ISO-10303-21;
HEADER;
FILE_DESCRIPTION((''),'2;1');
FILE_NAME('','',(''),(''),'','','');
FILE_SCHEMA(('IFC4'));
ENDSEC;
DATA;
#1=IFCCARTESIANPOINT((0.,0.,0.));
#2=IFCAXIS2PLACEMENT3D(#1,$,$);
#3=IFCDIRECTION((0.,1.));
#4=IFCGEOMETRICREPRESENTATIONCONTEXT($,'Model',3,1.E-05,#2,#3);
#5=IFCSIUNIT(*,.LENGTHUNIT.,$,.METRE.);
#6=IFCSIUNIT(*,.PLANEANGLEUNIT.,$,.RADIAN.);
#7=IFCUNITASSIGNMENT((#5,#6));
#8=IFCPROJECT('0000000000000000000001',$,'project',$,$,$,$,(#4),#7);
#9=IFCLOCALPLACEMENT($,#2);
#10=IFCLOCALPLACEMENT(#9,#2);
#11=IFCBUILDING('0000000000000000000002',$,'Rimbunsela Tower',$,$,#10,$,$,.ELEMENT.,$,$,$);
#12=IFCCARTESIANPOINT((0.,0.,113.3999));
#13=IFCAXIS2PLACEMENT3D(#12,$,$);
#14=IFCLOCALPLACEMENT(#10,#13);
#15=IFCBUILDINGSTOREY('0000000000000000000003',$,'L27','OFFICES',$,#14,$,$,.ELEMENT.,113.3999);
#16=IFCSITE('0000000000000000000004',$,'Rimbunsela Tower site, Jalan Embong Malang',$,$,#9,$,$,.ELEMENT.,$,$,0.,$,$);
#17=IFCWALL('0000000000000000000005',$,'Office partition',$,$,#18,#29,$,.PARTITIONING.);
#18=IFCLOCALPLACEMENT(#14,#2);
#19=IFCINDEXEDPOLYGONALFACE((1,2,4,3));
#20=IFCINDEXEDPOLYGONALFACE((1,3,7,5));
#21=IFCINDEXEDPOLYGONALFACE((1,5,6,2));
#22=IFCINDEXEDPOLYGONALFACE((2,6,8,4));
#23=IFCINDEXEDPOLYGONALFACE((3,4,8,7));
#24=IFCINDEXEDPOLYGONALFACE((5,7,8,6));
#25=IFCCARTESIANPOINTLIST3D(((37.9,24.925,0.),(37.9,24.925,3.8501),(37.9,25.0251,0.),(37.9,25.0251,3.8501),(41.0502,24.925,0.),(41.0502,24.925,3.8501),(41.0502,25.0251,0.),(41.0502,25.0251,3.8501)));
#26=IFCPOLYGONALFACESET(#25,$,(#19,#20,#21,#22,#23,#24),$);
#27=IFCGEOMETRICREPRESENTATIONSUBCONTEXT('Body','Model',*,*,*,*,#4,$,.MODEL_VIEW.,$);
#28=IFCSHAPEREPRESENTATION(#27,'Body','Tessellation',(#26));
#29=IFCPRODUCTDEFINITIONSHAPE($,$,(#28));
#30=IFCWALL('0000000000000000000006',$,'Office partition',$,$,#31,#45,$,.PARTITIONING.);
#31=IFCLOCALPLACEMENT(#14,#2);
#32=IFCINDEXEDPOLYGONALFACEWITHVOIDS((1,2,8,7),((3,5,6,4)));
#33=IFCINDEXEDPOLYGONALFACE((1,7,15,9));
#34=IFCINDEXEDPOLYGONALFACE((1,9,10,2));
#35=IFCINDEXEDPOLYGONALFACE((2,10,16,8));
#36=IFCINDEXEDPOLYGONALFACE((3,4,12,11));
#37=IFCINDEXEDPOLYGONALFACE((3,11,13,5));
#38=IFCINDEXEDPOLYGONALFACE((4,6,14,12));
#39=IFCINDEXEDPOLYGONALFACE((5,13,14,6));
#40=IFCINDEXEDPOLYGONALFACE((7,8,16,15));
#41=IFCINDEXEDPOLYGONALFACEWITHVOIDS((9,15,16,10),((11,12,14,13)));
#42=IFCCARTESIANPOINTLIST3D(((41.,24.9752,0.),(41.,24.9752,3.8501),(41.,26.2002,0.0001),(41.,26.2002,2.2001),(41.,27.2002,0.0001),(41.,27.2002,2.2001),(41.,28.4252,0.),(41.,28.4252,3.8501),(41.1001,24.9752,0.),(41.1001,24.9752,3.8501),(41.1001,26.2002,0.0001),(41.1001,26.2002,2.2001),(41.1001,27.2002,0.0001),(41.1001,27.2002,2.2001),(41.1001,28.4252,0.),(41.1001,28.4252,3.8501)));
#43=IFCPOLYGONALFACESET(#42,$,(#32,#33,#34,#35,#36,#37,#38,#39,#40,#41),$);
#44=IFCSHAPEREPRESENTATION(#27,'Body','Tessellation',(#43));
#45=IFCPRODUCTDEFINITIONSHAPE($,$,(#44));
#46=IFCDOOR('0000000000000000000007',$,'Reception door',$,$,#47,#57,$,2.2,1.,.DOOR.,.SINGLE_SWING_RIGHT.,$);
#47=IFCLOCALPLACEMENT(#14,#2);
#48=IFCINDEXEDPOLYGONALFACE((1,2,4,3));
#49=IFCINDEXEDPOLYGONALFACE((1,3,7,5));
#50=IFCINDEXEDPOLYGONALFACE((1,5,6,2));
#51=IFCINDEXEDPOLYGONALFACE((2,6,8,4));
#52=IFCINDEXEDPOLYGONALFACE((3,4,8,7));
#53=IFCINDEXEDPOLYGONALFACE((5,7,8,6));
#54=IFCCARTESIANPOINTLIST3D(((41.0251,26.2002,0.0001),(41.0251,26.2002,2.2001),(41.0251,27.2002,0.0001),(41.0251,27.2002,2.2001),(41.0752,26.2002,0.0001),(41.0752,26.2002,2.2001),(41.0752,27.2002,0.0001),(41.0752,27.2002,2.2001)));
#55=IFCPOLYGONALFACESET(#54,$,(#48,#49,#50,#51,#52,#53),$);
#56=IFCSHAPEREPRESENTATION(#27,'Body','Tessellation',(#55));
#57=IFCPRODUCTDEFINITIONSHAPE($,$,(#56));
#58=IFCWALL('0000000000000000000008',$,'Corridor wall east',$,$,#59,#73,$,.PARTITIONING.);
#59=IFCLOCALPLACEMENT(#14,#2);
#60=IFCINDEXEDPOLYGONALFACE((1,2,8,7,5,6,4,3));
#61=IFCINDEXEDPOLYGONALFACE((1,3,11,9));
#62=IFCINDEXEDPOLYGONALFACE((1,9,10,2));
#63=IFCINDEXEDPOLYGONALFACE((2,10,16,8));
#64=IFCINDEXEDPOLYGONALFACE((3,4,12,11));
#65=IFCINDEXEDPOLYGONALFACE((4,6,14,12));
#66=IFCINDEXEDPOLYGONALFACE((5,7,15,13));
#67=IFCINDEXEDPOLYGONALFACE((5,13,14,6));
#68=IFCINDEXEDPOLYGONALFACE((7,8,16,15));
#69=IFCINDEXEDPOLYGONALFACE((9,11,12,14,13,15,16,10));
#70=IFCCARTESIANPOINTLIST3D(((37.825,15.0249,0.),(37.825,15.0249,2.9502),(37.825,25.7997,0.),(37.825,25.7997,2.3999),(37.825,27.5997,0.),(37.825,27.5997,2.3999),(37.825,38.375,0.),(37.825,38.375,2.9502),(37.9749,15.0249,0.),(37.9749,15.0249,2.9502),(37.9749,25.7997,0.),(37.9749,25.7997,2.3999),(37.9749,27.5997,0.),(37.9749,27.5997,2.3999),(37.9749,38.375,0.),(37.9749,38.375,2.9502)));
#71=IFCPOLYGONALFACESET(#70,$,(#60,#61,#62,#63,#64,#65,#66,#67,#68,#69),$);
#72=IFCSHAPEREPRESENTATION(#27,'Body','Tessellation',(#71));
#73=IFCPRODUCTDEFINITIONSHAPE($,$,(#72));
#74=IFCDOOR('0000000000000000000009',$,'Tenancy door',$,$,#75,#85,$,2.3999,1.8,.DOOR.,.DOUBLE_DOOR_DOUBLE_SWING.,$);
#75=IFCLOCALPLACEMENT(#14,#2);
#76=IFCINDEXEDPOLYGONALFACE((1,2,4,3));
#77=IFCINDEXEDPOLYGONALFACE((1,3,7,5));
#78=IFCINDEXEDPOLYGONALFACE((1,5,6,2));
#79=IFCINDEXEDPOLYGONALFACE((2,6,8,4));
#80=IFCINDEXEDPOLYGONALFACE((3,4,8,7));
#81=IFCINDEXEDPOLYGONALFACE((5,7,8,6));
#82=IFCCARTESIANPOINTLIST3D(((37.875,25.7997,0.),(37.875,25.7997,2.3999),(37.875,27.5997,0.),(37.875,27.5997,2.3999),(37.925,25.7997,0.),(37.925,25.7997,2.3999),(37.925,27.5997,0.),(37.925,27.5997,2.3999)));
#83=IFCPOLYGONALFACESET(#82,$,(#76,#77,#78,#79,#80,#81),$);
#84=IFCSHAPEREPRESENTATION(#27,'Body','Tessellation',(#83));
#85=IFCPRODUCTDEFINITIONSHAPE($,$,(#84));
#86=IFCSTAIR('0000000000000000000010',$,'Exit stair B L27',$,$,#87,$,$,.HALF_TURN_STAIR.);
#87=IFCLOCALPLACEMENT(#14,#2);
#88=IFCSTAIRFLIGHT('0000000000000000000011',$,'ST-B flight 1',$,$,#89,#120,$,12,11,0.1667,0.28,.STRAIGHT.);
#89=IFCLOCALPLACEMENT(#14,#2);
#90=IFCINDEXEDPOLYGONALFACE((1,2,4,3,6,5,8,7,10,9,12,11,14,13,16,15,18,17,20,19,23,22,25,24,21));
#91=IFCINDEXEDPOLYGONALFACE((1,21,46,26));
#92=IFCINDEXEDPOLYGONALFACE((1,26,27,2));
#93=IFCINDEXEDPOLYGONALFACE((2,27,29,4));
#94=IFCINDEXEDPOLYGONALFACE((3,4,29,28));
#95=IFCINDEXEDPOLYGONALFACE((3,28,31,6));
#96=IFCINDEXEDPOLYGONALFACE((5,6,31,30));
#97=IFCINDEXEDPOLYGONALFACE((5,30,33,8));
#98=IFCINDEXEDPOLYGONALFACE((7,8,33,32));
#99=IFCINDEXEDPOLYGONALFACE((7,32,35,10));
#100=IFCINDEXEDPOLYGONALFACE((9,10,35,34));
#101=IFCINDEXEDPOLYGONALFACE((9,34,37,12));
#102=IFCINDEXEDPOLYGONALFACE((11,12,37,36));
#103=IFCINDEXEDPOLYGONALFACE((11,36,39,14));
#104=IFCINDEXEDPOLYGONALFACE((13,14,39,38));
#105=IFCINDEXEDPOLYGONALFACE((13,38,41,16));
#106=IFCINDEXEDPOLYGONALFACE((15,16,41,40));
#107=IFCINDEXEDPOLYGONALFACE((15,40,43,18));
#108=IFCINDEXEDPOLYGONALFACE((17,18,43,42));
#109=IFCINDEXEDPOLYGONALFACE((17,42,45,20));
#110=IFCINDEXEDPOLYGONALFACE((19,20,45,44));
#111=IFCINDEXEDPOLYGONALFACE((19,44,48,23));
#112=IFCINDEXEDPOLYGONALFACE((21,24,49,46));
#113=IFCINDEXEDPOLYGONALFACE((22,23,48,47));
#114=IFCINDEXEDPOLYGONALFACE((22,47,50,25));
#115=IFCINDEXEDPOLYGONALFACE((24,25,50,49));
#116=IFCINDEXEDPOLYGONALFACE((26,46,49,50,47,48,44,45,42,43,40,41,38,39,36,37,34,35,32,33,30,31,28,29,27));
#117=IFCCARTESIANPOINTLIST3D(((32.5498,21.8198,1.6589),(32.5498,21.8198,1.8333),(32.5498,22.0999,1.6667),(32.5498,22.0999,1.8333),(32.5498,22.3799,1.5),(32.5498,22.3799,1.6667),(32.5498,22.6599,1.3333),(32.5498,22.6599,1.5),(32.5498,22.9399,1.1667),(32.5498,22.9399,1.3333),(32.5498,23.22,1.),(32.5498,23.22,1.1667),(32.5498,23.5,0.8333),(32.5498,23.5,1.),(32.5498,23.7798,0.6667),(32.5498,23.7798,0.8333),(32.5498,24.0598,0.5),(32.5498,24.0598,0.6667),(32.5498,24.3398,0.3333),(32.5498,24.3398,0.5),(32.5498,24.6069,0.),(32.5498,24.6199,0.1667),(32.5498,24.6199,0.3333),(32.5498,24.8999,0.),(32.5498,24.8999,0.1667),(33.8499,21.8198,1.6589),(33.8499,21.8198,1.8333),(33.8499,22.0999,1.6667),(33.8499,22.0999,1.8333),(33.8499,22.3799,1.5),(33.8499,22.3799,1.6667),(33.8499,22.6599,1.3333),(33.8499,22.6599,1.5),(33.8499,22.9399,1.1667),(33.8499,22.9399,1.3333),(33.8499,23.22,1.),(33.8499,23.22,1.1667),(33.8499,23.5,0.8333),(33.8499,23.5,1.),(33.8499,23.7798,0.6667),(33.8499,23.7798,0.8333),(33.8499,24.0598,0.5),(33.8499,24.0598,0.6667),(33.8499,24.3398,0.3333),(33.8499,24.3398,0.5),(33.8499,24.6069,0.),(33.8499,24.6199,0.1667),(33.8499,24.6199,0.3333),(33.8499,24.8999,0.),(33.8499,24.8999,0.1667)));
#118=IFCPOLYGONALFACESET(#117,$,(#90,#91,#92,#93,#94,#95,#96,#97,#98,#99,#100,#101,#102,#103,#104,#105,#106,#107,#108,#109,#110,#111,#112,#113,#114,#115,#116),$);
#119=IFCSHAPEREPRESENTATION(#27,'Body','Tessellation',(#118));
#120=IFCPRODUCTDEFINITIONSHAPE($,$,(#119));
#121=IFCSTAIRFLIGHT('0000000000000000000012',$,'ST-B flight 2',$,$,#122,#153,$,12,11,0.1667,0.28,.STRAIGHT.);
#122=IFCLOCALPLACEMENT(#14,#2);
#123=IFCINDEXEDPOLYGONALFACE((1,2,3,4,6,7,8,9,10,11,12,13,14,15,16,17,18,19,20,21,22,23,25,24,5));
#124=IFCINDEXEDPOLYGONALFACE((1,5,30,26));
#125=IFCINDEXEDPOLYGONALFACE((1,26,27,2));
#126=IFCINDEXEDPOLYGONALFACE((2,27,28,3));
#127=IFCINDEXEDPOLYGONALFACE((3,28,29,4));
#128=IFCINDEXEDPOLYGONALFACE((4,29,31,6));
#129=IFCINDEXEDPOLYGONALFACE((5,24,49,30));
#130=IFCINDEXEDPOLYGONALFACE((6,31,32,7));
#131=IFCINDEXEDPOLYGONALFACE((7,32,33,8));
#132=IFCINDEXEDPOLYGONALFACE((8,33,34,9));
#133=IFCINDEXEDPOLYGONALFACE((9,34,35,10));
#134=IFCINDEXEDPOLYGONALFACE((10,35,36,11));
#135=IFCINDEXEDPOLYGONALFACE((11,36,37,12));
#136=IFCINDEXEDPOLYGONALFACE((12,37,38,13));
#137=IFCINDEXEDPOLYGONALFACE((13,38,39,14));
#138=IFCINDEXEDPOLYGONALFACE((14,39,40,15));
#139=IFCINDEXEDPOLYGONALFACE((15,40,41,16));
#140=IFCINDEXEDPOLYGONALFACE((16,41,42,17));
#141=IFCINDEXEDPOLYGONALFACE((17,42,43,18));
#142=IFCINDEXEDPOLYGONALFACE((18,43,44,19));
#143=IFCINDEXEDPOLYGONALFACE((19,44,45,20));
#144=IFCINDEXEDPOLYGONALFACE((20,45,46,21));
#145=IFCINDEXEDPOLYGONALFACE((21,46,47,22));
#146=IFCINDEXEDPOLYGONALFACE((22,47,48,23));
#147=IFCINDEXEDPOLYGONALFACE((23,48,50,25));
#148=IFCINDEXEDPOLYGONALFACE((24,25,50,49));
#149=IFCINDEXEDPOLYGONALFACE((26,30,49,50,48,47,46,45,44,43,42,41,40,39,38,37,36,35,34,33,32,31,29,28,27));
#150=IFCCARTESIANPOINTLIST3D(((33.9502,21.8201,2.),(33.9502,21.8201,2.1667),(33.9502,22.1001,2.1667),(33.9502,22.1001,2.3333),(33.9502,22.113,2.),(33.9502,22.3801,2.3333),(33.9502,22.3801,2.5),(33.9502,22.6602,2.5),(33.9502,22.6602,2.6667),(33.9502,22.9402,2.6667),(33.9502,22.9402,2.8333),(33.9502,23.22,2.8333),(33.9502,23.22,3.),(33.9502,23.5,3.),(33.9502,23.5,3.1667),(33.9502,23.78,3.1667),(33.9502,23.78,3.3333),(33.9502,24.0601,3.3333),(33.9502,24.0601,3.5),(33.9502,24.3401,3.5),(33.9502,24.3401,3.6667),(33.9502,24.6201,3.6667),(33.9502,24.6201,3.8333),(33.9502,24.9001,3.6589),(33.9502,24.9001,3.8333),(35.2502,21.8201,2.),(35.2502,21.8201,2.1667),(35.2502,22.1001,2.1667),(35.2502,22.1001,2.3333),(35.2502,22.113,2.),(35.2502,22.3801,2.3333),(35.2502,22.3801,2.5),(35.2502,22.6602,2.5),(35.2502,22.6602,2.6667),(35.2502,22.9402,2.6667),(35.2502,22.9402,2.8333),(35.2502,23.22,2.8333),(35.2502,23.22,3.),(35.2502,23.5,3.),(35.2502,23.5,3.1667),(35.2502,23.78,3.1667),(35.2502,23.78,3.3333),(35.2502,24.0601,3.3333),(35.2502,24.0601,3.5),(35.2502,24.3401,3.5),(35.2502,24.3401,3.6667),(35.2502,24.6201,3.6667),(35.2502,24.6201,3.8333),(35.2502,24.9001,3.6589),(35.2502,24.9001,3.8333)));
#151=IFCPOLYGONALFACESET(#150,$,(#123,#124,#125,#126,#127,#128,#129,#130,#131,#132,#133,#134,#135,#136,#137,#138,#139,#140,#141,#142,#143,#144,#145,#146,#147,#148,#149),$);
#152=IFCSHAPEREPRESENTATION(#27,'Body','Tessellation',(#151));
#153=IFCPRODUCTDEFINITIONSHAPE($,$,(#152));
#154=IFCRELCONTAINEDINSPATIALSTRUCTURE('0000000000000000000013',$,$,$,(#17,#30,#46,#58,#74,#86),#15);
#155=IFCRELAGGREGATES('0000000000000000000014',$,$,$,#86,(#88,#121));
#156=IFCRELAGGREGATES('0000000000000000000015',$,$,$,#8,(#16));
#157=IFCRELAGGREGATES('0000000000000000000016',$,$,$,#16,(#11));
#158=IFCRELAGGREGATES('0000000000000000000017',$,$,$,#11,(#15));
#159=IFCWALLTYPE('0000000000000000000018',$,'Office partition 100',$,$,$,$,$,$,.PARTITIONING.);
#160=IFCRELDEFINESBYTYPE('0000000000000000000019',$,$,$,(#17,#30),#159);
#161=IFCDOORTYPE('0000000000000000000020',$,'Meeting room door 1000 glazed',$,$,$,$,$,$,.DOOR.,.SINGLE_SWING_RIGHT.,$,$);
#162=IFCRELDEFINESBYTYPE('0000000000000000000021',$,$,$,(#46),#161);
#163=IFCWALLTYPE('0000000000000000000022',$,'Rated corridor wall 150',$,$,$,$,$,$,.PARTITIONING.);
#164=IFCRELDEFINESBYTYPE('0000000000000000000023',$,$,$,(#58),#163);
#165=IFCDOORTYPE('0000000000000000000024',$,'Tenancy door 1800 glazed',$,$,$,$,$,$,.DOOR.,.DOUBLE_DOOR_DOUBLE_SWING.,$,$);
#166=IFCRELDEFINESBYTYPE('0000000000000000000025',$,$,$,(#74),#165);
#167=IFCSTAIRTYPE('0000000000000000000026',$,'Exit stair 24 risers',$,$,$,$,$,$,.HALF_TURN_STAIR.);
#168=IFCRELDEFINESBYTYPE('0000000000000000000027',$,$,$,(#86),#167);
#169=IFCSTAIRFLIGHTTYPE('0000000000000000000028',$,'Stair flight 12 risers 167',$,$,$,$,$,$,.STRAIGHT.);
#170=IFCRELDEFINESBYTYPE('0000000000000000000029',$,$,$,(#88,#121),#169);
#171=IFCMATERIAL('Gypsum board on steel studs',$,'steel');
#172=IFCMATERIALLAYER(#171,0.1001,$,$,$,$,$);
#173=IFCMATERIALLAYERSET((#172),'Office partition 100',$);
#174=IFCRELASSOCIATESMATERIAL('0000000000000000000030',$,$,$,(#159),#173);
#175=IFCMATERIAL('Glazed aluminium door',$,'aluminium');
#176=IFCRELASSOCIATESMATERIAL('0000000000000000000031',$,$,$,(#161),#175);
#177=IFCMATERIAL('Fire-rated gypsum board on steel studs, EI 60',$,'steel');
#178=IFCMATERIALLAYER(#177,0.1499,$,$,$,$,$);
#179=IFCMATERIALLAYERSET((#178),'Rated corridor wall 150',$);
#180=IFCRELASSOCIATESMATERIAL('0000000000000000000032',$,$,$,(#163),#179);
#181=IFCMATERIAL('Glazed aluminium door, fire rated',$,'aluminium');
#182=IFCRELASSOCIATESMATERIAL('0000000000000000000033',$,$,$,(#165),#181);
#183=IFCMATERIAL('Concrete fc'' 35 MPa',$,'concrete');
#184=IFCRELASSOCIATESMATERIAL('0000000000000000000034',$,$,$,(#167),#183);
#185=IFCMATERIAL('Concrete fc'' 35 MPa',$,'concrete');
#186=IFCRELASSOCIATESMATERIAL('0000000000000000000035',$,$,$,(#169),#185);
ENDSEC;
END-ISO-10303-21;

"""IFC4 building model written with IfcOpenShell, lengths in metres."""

from ifc_helpers import new_model, si_unit, direction, frame, frame_2d, origin, place, context, subcontext, project, spatial, polyline, rectangle, outline, extrude, material, layer, layer_set, type_object, element, fill, aggregate, save


model = new_model("IFC4")

# Units and contexts
model_context = context("Model", 3, precision=1e-05, world=origin(), true_north=direction((0.0, 1.0)))
body_context = subcontext(model_context, "Body", "Model", "MODEL_VIEW")
ifc_project = project(units=[si_unit("LENGTHUNIT", "METRE"), si_unit("PLANEANGLEUNIT", "RADIAN")], contexts=[model_context])

# Site, building, storey
site_placement = place(None, origin())
site = spatial("IfcSite", under=ifc_project, at=site_placement, Name="Rimbunsela Tower site, Jalan Embong Malang", CompositionType="ELEMENT", RefElevation=0.0)
building_placement = place(site_placement, origin())
building = spatial("IfcBuilding", under=site, at=building_placement, Name="Rimbunsela Tower", CompositionType="ELEMENT")
storey_placement = place(building_placement, frame((0.0, 0.0, 113.3999)))
storey = spatial("IfcBuildingStorey", under=building, at=storey_placement, Name="L27", Description="OFFICES", CompositionType="ELEMENT", Elevation=113.3999)

# Shared definitions
ifc_material_1 = material(Name="Gypsum board on steel studs", Category="steel")
ifc_layer_1 = layer(ifc_material_1, 0.1001)
ifc_layer_set_1 = layer_set([ifc_layer_1], Name="Office partition 100")
wall_type_1 = type_object("IfcWallType", Name="Office partition 100", PredefinedType="PARTITIONING", material=ifc_layer_set_1)

# Wall
wall_1_placement = place(storey_placement, frame((37.8999, 24.9751, 0.0), z_axis=(0.0, 0.0, 1.0), x_axis=(1.0, 0.0, 0.0)))
element("IfcWall", 1, at=wall_1_placement, inside=storey, type_object=wall_type_1, Name="Office partition", PredefinedType="PARTITIONING", context=body_context, shape_type="SweptSolid", body=[
    extrude(rectangle(XDim=3.1501, YDim=0.1001, at=frame_2d((1.5752, 0.0))), origin(), (0.0, 0.0, 1.0), 3.8501),
])

# Walls, openings, doors
wall_2_placement = place(storey_placement, frame((41.05, 24.9751, 0.0), z_axis=(0.0, 0.0, 1.0), x_axis=(0.0, 1.0, 0.0)))
wall_2 = element("IfcWall", 2, at=wall_2_placement, inside=storey, type_object=wall_type_1, Name="Office partition", PredefinedType="PARTITIONING", context=body_context, shape_type="SweptSolid", body=[
    extrude(rectangle(XDim=3.45, YDim=0.1001, at=frame_2d((1.7251, 0.0))), origin(), (0.0, 0.0, 1.0), 3.8501),
])
opening_1_placement = place(wall_2_placement, frame((1.2251, 0.0, 0.0)))
opening_1 = element("IfcOpeningElement", 3, at=opening_1_placement, cuts=wall_2, PredefinedType="OPENING", context=body_context, shape_type="SweptSolid", body=[
    extrude(rectangle(XDim=1.0, YDim=2.2, at=frame_2d((0.5, 1.1001))), frame((0.0, 0.0601, 0.0), z_axis=(0.0, -1.0, 0.0), x_axis=(1.0, 0.0, 0.0)), (0.0, 0.0, 1.0), 0.1201),
])
ifc_material_2 = material(Name="Glazed aluminium door", Category="aluminium")
door_type_1 = type_object("IfcDoorType", Name="Meeting room door 1000 glazed", OperationType="SINGLE_SWING_RIGHT", PredefinedType="DOOR", material=ifc_material_2)
door_1_placement = place(opening_1_placement, origin())
door_1 = element("IfcDoor", 4, at=door_1_placement, inside=storey, type_object=door_type_1, Name="Reception door", OperationType="SINGLE_SWING_RIGHT", OverallHeight=2.2, OverallWidth=1.0, PredefinedType="DOOR", context=body_context, shape_type="SweptSolid", body=[
    extrude(rectangle(XDim=1.0, YDim=2.2, at=frame_2d((0.5, 1.1001))), frame((0.0, 0.0249, 0.0), z_axis=(0.0, -1.0, 0.0), x_axis=(1.0, 0.0, 0.0)), (0.0, 0.0, 1.0), 0.05),
])
fill(opening_1, door_1)
ifc_material_3 = material(Name="Fire-rated gypsum board on steel studs, EI 60", Category="steel")
ifc_layer_2 = layer(ifc_material_3, 0.1499)
ifc_layer_set_2 = layer_set([ifc_layer_2], Name="Rated corridor wall 150")
wall_type_2 = type_object("IfcWallType", Name="Rated corridor wall 150", PredefinedType="PARTITIONING", material=ifc_layer_set_2)
wall_3_placement = place(storey_placement, frame((37.8999, 15.0249, 0.0), z_axis=(0.0, 0.0, 1.0), x_axis=(0.0, 1.0, 0.0)))
wall_3 = element("IfcWall", 5, at=wall_3_placement, inside=storey, type_object=wall_type_2, Name="Corridor wall east", PredefinedType="PARTITIONING", context=body_context, shape_type="SweptSolid", body=[
    extrude(rectangle(XDim=23.3501, YDim=0.1499, at=frame_2d((11.675, 0.0))), origin(), (0.0, 0.0, 1.0), 2.9502),
])
opening_2_placement = place(wall_3_placement, frame((10.7749, 0.0, 0.0)))
opening_2 = element("IfcOpeningElement", 6, at=opening_2_placement, cuts=wall_3, PredefinedType="OPENING", context=body_context, shape_type="SweptSolid", body=[
    extrude(rectangle(XDim=1.8, YDim=2.3999, at=frame_2d((0.8999, 1.2))), frame((0.0, 0.085, 0.0), z_axis=(0.0, -1.0, 0.0), x_axis=(1.0, 0.0, 0.0)), (0.0, 0.0, 1.0), 0.1699),
])
ifc_material_4 = material(Name="Glazed aluminium door, fire rated", Category="aluminium")
door_type_2 = type_object("IfcDoorType", Name="Tenancy door 1800 glazed", OperationType="DOUBLE_DOOR_DOUBLE_SWING", PredefinedType="DOOR", material=ifc_material_4)
door_2_placement = place(opening_2_placement, origin())
door_2 = element("IfcDoor", 7, at=door_2_placement, inside=storey, type_object=door_type_2, Name="Tenancy door", OperationType="DOUBLE_DOOR_DOUBLE_SWING", OverallHeight=2.3999, OverallWidth=1.8, PredefinedType="DOOR", context=body_context, shape_type="SweptSolid", body=[
    extrude(rectangle(XDim=1.8, YDim=2.3999, at=frame_2d((0.8999, 1.2))), frame((0.0, 0.0249, 0.0), z_axis=(0.0, -1.0, 0.0), x_axis=(1.0, 0.0, 0.0)), (0.0, 0.0, 1.0), 0.05),
])
fill(opening_2, door_2)

# Stair, stair flights
ifc_material_5 = material(Name="Concrete fc' 35 MPa", Category="concrete")
stair_type = type_object("IfcStairType", Name="Exit stair 24 risers", PredefinedType="HALF_TURN_STAIR", material=ifc_material_5)
stair_placement = place(storey_placement, origin())
stair = element("IfcStair", 8, at=stair_placement, inside=storey, type_object=stair_type, Name="Exit stair B L27", PredefinedType="HALF_TURN_STAIR")
ifc_material_6 = material(Name="Concrete fc' 35 MPa", Category="concrete")
stair_flight_type = type_object("IfcStairFlightType", Name="Stair flight 12 risers 167", PredefinedType="STRAIGHT", material=ifc_material_6)
stair_flight_1_placement = place(storey_placement, frame((33.2, 24.8999, 0.0), z_axis=(0.0, 0.0, 1.0), x_axis=(0.0, -1.0, 0.0)))
stair_flight_1 = element("IfcStairFlight", 9, at=stair_flight_1_placement, type_object=stair_flight_type, Name="ST-B flight 1", NumberOfRisers=12, NumberOfTreads=11, PredefinedType="STRAIGHT", RiserHeight=0.1667, TreadLength=0.28, context=body_context, shape_type="SweptSolid", body=[
    extrude(outline(polyline([(0.0, 0.0), (0.0, 0.1667), (0.28, 0.1667), (0.28, 0.3333), (0.5601, 0.3333), (0.5601, 0.5), (0.8401, 0.5), (0.8401, 0.6667), (1.1201, 0.6667), (1.1201, 0.8333), (1.3999, 0.8333), (1.3999, 1.0), (1.6799, 1.0), (1.6799, 1.1667), (1.96, 1.1667), (1.96, 1.3333), (2.24, 1.3333), (2.24, 1.5), (2.52, 1.5), (2.52, 1.6667), (2.8, 1.6667), (2.8, 1.8333), (3.0801, 1.8333), (3.0801, 2.0), (3.0801, 1.6589), (0.293, 0.0), (0.0, 0.0)])), frame((0.0, 0.6499, 0.0), z_axis=(0.0, -1.0, 0.0), x_axis=(1.0, 0.0, 0.0)), (0.0, 0.0, 1.0), 1.3),
])
stair_flight_2_placement = place(storey_placement, frame((34.6001, 21.8201, 2.0), z_axis=(0.0, 0.0, 1.0), x_axis=(0.0, 1.0, 0.0)))
stair_flight_2 = element("IfcStairFlight", 10, at=stair_flight_2_placement, type_object=stair_flight_type, Name="ST-B flight 2", NumberOfRisers=12, NumberOfTreads=11, PredefinedType="STRAIGHT", RiserHeight=0.1667, TreadLength=0.28, context=body_context, shape_type="SweptSolid", body=[
    extrude(outline(polyline([(0.0, 0.0), (0.0, 0.1667), (0.28, 0.1667), (0.28, 0.3333), (0.5601, 0.3333), (0.5601, 0.5), (0.8401, 0.5), (0.8401, 0.6667), (1.1201, 0.6667), (1.1201, 0.8333), (1.3999, 0.8333), (1.3999, 1.0), (1.6799, 1.0), (1.6799, 1.1667), (1.96, 1.1667), (1.96, 1.3333), (2.24, 1.3333), (2.24, 1.5), (2.52, 1.5), (2.52, 1.6667), (2.8, 1.6667), (2.8, 1.8333), (3.0801, 1.8333), (3.0801, 2.0), (3.0801, 1.6589), (0.293, 0.0), (0.0, 0.0)])), frame((0.0, 0.6499, 0.0), z_axis=(0.0, -1.0, 0.0), x_axis=(1.0, 0.0, 0.0)), (0.0, 0.0, 1.0), 1.3),
])
aggregate(stair, [stair_flight_1, stair_flight_2])

save(model, "model.ifc")
